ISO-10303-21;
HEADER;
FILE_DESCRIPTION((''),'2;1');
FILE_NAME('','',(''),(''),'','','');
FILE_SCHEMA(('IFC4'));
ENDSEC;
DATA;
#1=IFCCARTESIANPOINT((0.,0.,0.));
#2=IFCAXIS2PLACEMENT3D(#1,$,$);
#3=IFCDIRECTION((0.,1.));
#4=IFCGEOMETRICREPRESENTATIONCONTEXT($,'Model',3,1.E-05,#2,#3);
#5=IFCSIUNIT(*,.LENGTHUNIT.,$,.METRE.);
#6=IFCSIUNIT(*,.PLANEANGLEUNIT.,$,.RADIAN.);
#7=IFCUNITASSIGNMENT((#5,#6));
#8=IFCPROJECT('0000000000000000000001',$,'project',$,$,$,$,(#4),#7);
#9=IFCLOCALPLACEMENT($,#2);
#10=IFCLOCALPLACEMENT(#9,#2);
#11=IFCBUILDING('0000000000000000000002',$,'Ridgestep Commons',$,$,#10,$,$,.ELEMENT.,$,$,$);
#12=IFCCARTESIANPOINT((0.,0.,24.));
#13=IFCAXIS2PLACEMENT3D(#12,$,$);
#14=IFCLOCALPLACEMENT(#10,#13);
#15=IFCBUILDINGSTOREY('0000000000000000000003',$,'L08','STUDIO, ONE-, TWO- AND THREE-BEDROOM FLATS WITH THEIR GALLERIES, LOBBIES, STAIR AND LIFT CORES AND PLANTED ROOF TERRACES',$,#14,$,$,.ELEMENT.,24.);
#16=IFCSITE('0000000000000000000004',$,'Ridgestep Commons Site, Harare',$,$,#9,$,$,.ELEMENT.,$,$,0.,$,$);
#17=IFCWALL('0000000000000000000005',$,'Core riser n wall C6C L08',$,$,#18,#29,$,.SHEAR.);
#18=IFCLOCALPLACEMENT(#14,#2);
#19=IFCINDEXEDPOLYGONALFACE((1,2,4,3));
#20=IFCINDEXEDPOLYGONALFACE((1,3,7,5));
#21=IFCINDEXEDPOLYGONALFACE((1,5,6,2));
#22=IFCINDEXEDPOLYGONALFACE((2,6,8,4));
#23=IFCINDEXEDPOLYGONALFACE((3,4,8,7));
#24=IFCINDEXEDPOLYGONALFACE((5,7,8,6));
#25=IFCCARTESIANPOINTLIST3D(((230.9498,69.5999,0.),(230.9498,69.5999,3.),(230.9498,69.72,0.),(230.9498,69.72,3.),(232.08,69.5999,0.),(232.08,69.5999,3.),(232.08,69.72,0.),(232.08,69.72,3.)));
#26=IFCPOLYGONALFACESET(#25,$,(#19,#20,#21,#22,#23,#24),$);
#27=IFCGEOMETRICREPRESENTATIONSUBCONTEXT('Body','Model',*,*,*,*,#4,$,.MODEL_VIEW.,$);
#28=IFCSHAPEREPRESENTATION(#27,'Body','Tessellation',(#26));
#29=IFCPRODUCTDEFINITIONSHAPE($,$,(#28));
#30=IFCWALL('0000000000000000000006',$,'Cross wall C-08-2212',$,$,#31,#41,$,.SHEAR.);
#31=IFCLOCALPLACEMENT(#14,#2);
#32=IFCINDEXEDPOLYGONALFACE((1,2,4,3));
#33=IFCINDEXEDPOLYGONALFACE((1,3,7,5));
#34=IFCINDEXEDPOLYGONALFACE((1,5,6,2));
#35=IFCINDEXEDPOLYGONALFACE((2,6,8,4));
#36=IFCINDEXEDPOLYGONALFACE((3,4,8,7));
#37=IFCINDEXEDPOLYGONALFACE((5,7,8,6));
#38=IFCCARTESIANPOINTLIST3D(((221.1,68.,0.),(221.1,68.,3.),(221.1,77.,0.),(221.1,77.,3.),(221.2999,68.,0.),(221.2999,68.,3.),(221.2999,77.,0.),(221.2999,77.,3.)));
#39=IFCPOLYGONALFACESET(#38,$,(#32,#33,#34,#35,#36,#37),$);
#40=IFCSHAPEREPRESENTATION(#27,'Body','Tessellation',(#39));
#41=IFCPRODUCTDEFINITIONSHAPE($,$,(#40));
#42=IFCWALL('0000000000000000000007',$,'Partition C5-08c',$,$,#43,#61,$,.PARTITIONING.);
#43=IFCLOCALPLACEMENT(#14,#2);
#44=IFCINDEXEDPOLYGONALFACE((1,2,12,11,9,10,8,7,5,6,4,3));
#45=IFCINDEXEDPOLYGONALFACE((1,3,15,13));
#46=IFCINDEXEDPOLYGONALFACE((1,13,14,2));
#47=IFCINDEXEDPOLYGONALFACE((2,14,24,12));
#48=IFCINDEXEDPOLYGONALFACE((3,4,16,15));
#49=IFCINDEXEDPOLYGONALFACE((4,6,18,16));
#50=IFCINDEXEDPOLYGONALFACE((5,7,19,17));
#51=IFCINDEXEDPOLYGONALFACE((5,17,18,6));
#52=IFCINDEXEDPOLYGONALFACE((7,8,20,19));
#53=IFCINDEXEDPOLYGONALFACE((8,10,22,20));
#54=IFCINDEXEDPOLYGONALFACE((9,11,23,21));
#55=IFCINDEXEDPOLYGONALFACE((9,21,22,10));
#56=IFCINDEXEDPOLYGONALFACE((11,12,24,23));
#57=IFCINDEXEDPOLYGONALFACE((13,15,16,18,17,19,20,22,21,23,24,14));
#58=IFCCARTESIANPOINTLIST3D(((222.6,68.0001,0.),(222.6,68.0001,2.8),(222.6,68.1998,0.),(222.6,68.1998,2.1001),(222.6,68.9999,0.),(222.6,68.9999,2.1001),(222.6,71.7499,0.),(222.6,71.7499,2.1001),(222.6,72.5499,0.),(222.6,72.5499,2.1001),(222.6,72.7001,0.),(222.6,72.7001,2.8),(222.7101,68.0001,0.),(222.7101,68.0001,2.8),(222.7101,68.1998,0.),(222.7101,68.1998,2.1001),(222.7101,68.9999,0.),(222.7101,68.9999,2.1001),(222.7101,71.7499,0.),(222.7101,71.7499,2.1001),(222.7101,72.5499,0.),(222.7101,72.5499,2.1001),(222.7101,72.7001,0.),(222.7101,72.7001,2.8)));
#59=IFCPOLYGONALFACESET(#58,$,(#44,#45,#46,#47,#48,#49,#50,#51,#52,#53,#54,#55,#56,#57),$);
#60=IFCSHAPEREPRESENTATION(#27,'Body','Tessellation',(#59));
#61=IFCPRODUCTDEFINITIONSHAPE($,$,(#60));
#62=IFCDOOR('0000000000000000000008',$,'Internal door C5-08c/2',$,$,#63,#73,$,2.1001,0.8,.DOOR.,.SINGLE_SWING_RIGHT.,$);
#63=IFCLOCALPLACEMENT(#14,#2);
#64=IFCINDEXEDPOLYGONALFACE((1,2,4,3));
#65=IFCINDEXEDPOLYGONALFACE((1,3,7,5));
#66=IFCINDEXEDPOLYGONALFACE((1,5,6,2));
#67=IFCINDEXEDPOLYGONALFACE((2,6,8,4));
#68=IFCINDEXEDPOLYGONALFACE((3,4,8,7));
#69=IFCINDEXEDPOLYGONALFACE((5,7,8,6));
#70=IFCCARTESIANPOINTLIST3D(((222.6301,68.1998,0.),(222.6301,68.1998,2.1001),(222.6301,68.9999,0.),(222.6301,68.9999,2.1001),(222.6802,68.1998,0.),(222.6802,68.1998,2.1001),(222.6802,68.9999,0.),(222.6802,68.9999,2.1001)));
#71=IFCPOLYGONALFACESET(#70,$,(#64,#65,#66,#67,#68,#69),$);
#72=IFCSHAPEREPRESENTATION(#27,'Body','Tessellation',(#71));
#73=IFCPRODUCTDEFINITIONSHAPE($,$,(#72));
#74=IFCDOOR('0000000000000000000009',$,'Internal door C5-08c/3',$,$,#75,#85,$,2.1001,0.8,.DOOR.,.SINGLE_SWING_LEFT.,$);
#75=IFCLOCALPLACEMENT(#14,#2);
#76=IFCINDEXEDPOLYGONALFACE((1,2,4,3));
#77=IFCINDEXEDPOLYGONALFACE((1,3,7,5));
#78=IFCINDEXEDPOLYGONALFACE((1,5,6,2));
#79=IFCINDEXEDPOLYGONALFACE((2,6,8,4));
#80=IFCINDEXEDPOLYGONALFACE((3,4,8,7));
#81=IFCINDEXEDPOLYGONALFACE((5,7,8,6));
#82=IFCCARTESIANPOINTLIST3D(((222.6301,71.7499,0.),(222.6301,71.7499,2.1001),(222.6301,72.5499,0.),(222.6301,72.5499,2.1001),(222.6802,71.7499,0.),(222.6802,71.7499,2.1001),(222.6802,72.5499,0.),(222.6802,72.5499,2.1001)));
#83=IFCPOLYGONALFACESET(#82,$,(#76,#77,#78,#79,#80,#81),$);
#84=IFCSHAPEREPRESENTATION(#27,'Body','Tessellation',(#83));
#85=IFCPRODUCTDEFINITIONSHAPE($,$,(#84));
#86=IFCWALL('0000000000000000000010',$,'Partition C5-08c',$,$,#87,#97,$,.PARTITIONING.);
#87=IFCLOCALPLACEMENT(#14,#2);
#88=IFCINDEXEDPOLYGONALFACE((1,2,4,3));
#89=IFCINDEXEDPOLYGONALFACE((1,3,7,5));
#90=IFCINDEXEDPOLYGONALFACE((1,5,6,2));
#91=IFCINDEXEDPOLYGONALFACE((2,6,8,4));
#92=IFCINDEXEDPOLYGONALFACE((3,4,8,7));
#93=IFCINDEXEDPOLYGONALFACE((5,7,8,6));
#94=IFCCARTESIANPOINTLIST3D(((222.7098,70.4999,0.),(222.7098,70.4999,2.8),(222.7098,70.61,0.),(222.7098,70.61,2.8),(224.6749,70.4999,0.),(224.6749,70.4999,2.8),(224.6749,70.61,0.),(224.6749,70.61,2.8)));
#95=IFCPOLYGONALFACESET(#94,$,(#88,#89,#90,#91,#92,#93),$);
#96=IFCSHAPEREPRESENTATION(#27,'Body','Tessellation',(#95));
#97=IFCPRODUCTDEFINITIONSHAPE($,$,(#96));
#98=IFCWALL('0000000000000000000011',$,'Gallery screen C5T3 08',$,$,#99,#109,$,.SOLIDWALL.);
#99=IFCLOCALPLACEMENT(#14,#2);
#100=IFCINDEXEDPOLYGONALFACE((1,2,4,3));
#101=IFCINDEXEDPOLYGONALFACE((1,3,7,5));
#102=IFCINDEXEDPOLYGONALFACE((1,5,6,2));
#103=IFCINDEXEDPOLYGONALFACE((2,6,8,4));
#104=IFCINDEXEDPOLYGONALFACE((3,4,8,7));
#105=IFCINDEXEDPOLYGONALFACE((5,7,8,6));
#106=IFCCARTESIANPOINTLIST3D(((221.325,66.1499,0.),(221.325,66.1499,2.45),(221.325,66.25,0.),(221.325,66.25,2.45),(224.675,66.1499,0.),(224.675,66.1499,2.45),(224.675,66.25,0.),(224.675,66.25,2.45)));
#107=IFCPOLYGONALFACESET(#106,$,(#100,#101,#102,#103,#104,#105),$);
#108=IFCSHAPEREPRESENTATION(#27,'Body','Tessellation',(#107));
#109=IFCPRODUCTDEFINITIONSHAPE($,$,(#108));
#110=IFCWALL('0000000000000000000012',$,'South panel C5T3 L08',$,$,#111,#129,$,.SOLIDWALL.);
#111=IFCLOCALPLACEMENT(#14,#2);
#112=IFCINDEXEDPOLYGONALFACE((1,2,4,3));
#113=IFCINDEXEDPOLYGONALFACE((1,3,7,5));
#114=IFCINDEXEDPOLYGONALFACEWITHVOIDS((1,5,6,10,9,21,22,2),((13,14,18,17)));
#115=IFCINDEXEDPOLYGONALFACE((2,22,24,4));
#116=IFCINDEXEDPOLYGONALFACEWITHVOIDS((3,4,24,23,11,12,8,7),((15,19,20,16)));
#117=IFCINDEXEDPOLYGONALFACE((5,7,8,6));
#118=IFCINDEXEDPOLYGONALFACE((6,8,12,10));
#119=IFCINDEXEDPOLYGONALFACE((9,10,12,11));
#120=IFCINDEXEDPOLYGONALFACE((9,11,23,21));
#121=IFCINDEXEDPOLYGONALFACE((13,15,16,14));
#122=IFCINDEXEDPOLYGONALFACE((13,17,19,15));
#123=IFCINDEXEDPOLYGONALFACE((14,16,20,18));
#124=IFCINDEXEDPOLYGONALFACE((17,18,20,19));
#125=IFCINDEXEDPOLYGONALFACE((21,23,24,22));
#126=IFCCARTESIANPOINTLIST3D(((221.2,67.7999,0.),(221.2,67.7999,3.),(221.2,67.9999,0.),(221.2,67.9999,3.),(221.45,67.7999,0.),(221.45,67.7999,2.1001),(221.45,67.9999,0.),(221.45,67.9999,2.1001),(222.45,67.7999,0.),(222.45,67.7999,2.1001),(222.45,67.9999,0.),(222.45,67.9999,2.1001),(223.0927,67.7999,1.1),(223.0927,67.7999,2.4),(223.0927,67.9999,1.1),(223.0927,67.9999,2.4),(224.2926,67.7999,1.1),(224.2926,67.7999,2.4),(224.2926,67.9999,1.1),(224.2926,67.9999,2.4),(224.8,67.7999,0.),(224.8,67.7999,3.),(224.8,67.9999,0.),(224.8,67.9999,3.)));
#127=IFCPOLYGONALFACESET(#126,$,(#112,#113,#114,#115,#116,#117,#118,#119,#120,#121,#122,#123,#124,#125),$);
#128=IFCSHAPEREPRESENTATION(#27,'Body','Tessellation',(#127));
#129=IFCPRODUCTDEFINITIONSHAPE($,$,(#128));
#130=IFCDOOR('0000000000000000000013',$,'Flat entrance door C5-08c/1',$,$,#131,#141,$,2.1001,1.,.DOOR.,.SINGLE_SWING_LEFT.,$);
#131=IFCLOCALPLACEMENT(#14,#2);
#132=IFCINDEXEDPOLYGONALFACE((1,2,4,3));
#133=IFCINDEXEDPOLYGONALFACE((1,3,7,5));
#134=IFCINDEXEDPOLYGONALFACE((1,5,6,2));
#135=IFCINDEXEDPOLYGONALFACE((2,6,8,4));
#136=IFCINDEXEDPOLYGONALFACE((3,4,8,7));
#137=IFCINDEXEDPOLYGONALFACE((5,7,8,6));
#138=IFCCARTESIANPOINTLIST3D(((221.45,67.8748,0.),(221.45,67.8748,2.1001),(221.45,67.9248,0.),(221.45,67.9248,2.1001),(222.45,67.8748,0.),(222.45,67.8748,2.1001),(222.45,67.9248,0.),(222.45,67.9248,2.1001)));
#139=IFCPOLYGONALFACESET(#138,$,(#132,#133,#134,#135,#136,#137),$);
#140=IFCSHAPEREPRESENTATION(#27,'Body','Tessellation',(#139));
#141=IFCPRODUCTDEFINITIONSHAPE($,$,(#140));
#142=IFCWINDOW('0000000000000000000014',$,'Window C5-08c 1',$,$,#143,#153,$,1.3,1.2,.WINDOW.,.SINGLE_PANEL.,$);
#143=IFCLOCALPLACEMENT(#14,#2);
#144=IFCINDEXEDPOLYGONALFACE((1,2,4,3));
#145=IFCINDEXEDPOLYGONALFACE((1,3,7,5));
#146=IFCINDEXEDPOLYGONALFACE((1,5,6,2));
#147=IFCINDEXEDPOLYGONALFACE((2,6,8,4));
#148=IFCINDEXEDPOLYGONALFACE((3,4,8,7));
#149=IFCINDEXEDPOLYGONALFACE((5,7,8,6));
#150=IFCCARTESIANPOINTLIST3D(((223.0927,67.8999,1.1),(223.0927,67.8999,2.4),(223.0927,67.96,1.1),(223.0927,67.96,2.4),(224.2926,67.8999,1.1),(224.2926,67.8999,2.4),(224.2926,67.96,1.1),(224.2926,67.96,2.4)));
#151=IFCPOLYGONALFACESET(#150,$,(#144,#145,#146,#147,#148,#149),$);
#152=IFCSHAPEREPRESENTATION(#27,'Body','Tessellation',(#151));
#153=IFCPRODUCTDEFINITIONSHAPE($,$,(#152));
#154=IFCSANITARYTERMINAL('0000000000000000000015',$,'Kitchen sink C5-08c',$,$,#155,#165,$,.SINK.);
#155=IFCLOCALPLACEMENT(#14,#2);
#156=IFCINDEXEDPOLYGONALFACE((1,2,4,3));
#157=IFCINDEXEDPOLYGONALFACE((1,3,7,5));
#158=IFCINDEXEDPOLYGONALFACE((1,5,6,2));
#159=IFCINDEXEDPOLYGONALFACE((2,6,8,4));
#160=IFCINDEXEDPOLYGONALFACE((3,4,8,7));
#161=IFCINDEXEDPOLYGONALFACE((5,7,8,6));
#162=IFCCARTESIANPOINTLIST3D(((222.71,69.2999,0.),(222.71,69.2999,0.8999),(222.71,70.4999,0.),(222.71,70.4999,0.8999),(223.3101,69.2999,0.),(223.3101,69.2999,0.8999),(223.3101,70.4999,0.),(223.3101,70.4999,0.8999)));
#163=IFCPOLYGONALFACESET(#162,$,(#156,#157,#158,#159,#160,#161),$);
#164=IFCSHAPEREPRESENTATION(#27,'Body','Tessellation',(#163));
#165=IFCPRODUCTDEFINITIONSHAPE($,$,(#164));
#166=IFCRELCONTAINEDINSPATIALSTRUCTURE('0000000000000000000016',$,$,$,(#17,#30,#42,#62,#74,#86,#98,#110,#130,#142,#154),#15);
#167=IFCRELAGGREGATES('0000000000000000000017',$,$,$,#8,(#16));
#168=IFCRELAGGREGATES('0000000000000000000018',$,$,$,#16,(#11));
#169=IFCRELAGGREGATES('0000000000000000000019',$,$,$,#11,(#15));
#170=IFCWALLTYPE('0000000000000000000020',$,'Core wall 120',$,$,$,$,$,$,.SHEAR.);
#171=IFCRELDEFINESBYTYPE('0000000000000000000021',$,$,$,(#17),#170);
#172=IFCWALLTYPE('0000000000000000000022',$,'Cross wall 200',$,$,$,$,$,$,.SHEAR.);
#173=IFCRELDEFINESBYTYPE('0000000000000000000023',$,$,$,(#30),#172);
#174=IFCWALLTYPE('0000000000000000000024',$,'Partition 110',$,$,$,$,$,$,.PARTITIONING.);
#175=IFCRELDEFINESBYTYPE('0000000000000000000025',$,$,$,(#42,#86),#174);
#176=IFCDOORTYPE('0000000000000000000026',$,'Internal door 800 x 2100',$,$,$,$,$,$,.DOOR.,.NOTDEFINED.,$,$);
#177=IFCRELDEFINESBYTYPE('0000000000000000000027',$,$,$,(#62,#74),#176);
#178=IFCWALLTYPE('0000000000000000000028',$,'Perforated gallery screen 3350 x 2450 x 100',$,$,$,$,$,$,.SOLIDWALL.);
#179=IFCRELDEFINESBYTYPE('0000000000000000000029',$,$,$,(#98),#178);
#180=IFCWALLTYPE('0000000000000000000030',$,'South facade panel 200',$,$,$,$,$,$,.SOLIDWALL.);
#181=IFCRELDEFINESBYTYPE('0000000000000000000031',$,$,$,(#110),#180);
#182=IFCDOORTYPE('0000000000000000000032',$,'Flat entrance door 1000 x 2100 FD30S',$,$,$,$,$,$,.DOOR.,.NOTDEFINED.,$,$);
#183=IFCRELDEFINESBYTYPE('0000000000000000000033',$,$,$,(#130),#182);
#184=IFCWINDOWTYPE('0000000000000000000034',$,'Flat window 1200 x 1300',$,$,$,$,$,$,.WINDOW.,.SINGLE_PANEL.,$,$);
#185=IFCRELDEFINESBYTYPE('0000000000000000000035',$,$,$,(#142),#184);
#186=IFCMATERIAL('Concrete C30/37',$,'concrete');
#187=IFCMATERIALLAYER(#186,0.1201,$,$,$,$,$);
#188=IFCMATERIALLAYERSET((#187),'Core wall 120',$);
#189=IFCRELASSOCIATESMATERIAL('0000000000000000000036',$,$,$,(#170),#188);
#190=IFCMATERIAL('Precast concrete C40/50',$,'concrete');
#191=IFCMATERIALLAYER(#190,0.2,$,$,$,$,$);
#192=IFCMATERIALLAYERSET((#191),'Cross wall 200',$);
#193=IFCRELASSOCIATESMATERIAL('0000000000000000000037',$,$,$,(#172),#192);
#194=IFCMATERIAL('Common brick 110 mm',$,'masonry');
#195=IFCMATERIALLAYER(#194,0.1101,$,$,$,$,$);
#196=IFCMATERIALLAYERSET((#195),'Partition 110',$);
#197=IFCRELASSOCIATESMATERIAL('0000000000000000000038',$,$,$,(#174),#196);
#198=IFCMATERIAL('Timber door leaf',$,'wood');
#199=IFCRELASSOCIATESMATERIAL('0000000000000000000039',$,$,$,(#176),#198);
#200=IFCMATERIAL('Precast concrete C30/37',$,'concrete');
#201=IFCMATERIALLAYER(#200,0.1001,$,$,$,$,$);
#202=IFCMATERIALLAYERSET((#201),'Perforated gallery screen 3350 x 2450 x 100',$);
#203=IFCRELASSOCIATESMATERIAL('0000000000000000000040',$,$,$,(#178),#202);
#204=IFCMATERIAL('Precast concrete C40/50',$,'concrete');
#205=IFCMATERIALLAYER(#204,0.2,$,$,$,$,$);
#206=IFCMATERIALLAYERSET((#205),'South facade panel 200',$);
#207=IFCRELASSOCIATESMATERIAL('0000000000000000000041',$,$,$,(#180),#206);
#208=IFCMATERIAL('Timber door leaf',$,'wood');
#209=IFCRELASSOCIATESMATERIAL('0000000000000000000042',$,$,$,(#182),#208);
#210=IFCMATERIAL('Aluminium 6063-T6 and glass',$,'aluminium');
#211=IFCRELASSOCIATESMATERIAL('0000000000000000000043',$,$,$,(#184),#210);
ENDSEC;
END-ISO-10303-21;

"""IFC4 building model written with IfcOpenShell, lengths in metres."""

from ifc_helpers import new_model, si_unit, direction, frame, frame_2d, origin, origin_2d, place, context, subcontext, project, spatial, rectangle, extrude, material, layer, layer_set, type_object, element, fill, save


model = new_model("IFC4")

# Units and contexts
model_context = context("Model", 3, precision=1e-05, world=origin(), true_north=direction((0.0, 1.0)))
body_context = subcontext(model_context, "Body", "Model", "MODEL_VIEW")
ifc_project = project(units=[si_unit("LENGTHUNIT", "METRE"), si_unit("PLANEANGLEUNIT", "RADIAN")], contexts=[model_context])

# Site, building, storey
site_placement = place(None, origin())
site = spatial("IfcSite", under=ifc_project, at=site_placement, Name="Ridgestep Commons Site, Harare", CompositionType="ELEMENT", RefElevation=0.0)
building_placement = place(site_placement, origin())
building = spatial("IfcBuilding", under=site, at=building_placement, Name="Ridgestep Commons", CompositionType="ELEMENT")
storey_placement = place(building_placement, frame((0.0, 0.0, 24.0)))
storey = spatial("IfcBuildingStorey", under=building, at=storey_placement, Name="L08", Description="STUDIO, ONE-, TWO- AND THREE-BEDROOM FLATS WITH THEIR GALLERIES, LOBBIES, STAIR AND LIFT CORES AND PLANTED ROOF TERRACES", CompositionType="ELEMENT", Elevation=24.0)

# Shared definitions
ifc_material_1 = material(Name="Concrete C30/37", Category="concrete")
ifc_layer_1 = layer(ifc_material_1, 0.1201)
ifc_layer_set_1 = layer_set([ifc_layer_1], Name="Core wall 120")
wall_type_1 = type_object("IfcWallType", Name="Core wall 120", PredefinedType="SHEAR", material=ifc_layer_set_1)

# Walls
wall_1_placement = place(storey_placement, frame((230.95, 69.6599, 0.0), z_axis=(0.0, 0.0, 1.0), x_axis=(1.0, 0.0, 0.0)))
element("IfcWall", 1, at=wall_1_placement, inside=storey, type_object=wall_type_1, Name="Core riser n wall C6C L08", PredefinedType="SHEAR", context=body_context, shape_type="SweptSolid", body=[
    extrude(rectangle(XDim=1.1301, YDim=0.1201, at=frame_2d((0.5649, 0.0))), origin(), (0.0, 0.0, 1.0), 3.0),
])
ifc_material_2 = material(Name="Precast concrete C40/50", Category="concrete")
ifc_layer_2 = layer(ifc_material_2, 0.2)
ifc_layer_set_2 = layer_set([ifc_layer_2], Name="Cross wall 200")
wall_type_2 = type_object("IfcWallType", Name="Cross wall 200", PredefinedType="SHEAR", material=ifc_layer_set_2)
wall_2_placement = place(storey_placement, frame((221.2, 68.0, 0.0), z_axis=(0.0, 0.0, 1.0), x_axis=(0.0, 1.0, 0.0)))
element("IfcWall", 2, at=wall_2_placement, inside=storey, type_object=wall_type_2, Name="Cross wall C-08-2212", PredefinedType="SHEAR", context=body_context, shape_type="SweptSolid", body=[
    extrude(rectangle(XDim=9.0, YDim=0.2, at=frame_2d((4.5, 0.0))), origin(), (0.0, 0.0, 1.0), 3.0),
])

# Wall, openings, doors
ifc_material_3 = material(Name="Common brick 110 mm", Category="masonry")
ifc_layer_3 = layer(ifc_material_3, 0.1101)
ifc_layer_set_3 = layer_set([ifc_layer_3], Name="Partition 110")
wall_type_3 = type_object("IfcWallType", Name="Partition 110", PredefinedType="PARTITIONING", material=ifc_layer_set_3)
wall_3_placement = place(storey_placement, frame((222.655, 68.0, 0.0), z_axis=(0.0, 0.0, 1.0), x_axis=(0.0, 1.0, 0.0)))
wall_3 = element("IfcWall", 3, at=wall_3_placement, inside=storey, type_object=wall_type_3, Name="Partition C5-08c", PredefinedType="PARTITIONING", context=body_context, shape_type="SweptSolid", body=[
    extrude(rectangle(XDim=4.7, YDim=0.1101, at=frame_2d((2.3501, 0.0))), origin(), (0.0, 0.0, 1.0), 2.8),
])
opening_1_placement = place(wall_3_placement, frame((0.2, 0.0, 0.0)))
opening_1 = element("IfcOpeningElement", 4, at=opening_1_placement, cuts=wall_3, PredefinedType="OPENING", context=body_context, shape_type="SweptSolid", body=[
    extrude(rectangle(XDim=0.8, YDim=2.1001, at=frame_2d((0.3999, 1.05))), frame((0.0, 0.0649, 0.0), z_axis=(0.0, -1.0, 0.0), x_axis=(1.0, 0.0, 0.0)), (0.0, 0.0, 1.0), 0.1301),
])
opening_2_placement = place(wall_3_placement, frame((3.75, 0.0, 0.0)))
opening_2 = element("IfcOpeningElement", 5, at=opening_2_placement, cuts=wall_3, PredefinedType="OPENING", context=body_context, shape_type="SweptSolid", body=[
    extrude(rectangle(XDim=0.8, YDim=2.1001, at=frame_2d((0.3999, 1.05))), frame((0.0, 0.0649, 0.0), z_axis=(0.0, -1.0, 0.0), x_axis=(1.0, 0.0, 0.0)), (0.0, 0.0, 1.0), 0.1301),
])
ifc_material_4 = material(Name="Timber door leaf", Category="wood")
door_type_1 = type_object("IfcDoorType", Name="Internal door 800 x 2100", OperationType="NOTDEFINED", PredefinedType="DOOR", material=ifc_material_4)
door_1_placement = place(opening_1_placement, origin())
door_1 = element("IfcDoor", 6, at=door_1_placement, inside=storey, type_object=door_type_1, Name="Internal door C5-08c/2", OperationType="SINGLE_SWING_RIGHT", OverallHeight=2.1001, OverallWidth=0.8, PredefinedType="DOOR", context=body_context, shape_type="SweptSolid", body=[
    extrude(rectangle(XDim=0.8, YDim=2.1001, at=frame_2d((0.3999, 1.05))), frame((0.0, 0.0249, 0.0), z_axis=(0.0, -1.0, 0.0), x_axis=(1.0, 0.0, 0.0)), (0.0, 0.0, 1.0), 0.05),
])
fill(opening_1, door_1)
door_2_placement = place(opening_2_placement, origin())
door_2 = element("IfcDoor", 7, at=door_2_placement, inside=storey, type_object=door_type_1, Name="Internal door C5-08c/3", OperationType="SINGLE_SWING_LEFT", OverallHeight=2.1001, OverallWidth=0.8, PredefinedType="DOOR", context=body_context, shape_type="SweptSolid", body=[
    extrude(rectangle(XDim=0.8, YDim=2.1001, at=frame_2d((0.3999, 1.05))), frame((0.0, 0.0249, 0.0), z_axis=(0.0, -1.0, 0.0), x_axis=(1.0, 0.0, 0.0)), (0.0, 0.0, 1.0), 0.05),
])
fill(opening_2, door_2)

# Walls
wall_4_placement = place(storey_placement, frame((222.71, 70.5549, 0.0), z_axis=(0.0, 0.0, 1.0), x_axis=(1.0, 0.0, 0.0)))
element("IfcWall", 8, at=wall_4_placement, inside=storey, type_object=wall_type_3, Name="Partition C5-08c", PredefinedType="PARTITIONING", context=body_context, shape_type="SweptSolid", body=[
    extrude(rectangle(XDim=1.9651, YDim=0.1101, at=frame_2d((0.9824, 0.0))), origin(), (0.0, 0.0, 1.0), 2.8),
])
ifc_material_5 = material(Name="Precast concrete C30/37", Category="concrete")
ifc_layer_4 = layer(ifc_material_5, 0.1001)
ifc_layer_set_4 = layer_set([ifc_layer_4], Name="Perforated gallery screen 3350 x 2450 x 100")
wall_type_4 = type_object("IfcWallType", Name="Perforated gallery screen 3350 x 2450 x 100", PredefinedType="SOLIDWALL", material=ifc_layer_set_4)
wall_5_placement = place(storey_placement, frame((221.325, 66.2, 0.0), z_axis=(0.0, 0.0, 1.0), x_axis=(1.0, 0.0, 0.0)))
element("IfcWall", 9, at=wall_5_placement, inside=storey, type_object=wall_type_4, Name="Gallery screen C5T3 08", PredefinedType="SOLIDWALL", context=body_context, shape_type="SweptSolid", body=[
    extrude(rectangle(XDim=3.3501, YDim=0.1001, at=frame_2d((1.675, 0.0))), origin(), (0.0, 0.0, 1.0), 2.45),
])

# Wall, openings, door, window
ifc_material_6 = material(Name="Precast concrete C40/50", Category="concrete")
ifc_layer_5 = layer(ifc_material_6, 0.2)
ifc_layer_set_5 = layer_set([ifc_layer_5], Name="South facade panel 200")
wall_type_5 = type_object("IfcWallType", Name="South facade panel 200", PredefinedType="SOLIDWALL", material=ifc_layer_set_5)
wall_6_placement = place(storey_placement, frame((221.2, 67.8999, 0.0), z_axis=(0.0, 0.0, 1.0), x_axis=(1.0, 0.0, 0.0)))
wall_6 = element("IfcWall", 10, at=wall_6_placement, inside=storey, type_object=wall_type_5, Name="South panel C5T3 L08", PredefinedType="SOLIDWALL", context=body_context, shape_type="SweptSolid", body=[
    extrude(rectangle(XDim=3.6001, YDim=0.2, at=frame_2d((1.8, 0.0))), origin(), (0.0, 0.0, 1.0), 3.0),
])
opening_3_placement = place(wall_6_placement, frame((1.8926, 0.0, 1.1001)))
opening_3 = element("IfcOpeningElement", 11, at=opening_3_placement, cuts=wall_6, PredefinedType="OPENING", context=body_context, shape_type="SweptSolid", body=[
    extrude(rectangle(XDim=1.2, YDim=1.3, at=frame_2d((0.6001, 0.6499))), frame((0.0, 0.1099, 0.0), z_axis=(0.0, -1.0, 0.0), x_axis=(1.0, 0.0, 0.0)), (0.0, 0.0, 1.0), 0.22),
])
opening_4_placement = place(wall_6_placement, frame((0.25, 0.0, 0.0)))
opening_4 = element("IfcOpeningElement", 12, at=opening_4_placement, cuts=wall_6, PredefinedType="OPENING", context=body_context, shape_type="SweptSolid", body=[
    extrude(rectangle(XDim=1.0, YDim=2.1001, at=frame_2d((0.5, 1.05))), frame((0.0, 0.1099, 0.0), z_axis=(0.0, -1.0, 0.0), x_axis=(1.0, 0.0, 0.0)), (0.0, 0.0, 1.0), 0.22),
])
ifc_material_7 = material(Name="Timber door leaf", Category="wood")
door_type_2 = type_object("IfcDoorType", Name="Flat entrance door 1000 x 2100 FD30S", OperationType="NOTDEFINED", PredefinedType="DOOR", material=ifc_material_7)
door_3_placement = place(opening_4_placement, origin())
door_3 = element("IfcDoor", 13, at=door_3_placement, inside=storey, type_object=door_type_2, Name="Flat entrance door C5-08c/1", OperationType="SINGLE_SWING_LEFT", OverallHeight=2.1001, OverallWidth=1.0, PredefinedType="DOOR", context=body_context, shape_type="SweptSolid", body=[
    extrude(rectangle(XDim=1.0, YDim=2.1001, at=frame_2d((0.5, 1.05))), frame((0.0, 0.0249, 0.0), z_axis=(0.0, -1.0, 0.0), x_axis=(1.0, 0.0, 0.0)), (0.0, 0.0, 1.0), 0.05),
])
fill(opening_4, door_3)
ifc_material_8 = material(Name="Aluminium 6063-T6 and glass", Category="aluminium")
window_type = type_object("IfcWindowType", Name="Flat window 1200 x 1300", PartitioningType="SINGLE_PANEL", PredefinedType="WINDOW", material=ifc_material_8)
window_placement = place(opening_3_placement, origin())
window = element("IfcWindow", 14, at=window_placement, inside=storey, type_object=window_type, Name="Window C5-08c 1", OverallHeight=1.3, OverallWidth=1.2, PartitioningType="SINGLE_PANEL", PredefinedType="WINDOW", context=body_context, shape_type="SweptSolid", body=[
    extrude(rectangle(XDim=1.2, YDim=1.3, at=frame_2d((0.6001, 0.6499))), frame((0.0, 0.0601, 0.0), z_axis=(0.0, -1.0, 0.0), x_axis=(1.0, 0.0, 0.0)), (0.0, 0.0, 1.0), 0.0601),
])
fill(opening_3, window)

# Sanitary terminal
sanitary_terminal_placement = place(storey_placement, frame((223.01, 69.8999, 0.0), z_axis=(0.0, 0.0, 1.0), x_axis=(1.0, 0.0, 0.0)))
element("IfcSanitaryTerminal", 15, at=sanitary_terminal_placement, inside=storey, Name="Kitchen sink C5-08c", PredefinedType="SINK", context=body_context, shape_type="SweptSolid", body=[
    extrude(rectangle(XDim=0.6001, YDim=1.2, at=origin_2d()), origin(), (0.0, 0.0, 1.0), 0.8999),
])

save(model, "model.ifc")
